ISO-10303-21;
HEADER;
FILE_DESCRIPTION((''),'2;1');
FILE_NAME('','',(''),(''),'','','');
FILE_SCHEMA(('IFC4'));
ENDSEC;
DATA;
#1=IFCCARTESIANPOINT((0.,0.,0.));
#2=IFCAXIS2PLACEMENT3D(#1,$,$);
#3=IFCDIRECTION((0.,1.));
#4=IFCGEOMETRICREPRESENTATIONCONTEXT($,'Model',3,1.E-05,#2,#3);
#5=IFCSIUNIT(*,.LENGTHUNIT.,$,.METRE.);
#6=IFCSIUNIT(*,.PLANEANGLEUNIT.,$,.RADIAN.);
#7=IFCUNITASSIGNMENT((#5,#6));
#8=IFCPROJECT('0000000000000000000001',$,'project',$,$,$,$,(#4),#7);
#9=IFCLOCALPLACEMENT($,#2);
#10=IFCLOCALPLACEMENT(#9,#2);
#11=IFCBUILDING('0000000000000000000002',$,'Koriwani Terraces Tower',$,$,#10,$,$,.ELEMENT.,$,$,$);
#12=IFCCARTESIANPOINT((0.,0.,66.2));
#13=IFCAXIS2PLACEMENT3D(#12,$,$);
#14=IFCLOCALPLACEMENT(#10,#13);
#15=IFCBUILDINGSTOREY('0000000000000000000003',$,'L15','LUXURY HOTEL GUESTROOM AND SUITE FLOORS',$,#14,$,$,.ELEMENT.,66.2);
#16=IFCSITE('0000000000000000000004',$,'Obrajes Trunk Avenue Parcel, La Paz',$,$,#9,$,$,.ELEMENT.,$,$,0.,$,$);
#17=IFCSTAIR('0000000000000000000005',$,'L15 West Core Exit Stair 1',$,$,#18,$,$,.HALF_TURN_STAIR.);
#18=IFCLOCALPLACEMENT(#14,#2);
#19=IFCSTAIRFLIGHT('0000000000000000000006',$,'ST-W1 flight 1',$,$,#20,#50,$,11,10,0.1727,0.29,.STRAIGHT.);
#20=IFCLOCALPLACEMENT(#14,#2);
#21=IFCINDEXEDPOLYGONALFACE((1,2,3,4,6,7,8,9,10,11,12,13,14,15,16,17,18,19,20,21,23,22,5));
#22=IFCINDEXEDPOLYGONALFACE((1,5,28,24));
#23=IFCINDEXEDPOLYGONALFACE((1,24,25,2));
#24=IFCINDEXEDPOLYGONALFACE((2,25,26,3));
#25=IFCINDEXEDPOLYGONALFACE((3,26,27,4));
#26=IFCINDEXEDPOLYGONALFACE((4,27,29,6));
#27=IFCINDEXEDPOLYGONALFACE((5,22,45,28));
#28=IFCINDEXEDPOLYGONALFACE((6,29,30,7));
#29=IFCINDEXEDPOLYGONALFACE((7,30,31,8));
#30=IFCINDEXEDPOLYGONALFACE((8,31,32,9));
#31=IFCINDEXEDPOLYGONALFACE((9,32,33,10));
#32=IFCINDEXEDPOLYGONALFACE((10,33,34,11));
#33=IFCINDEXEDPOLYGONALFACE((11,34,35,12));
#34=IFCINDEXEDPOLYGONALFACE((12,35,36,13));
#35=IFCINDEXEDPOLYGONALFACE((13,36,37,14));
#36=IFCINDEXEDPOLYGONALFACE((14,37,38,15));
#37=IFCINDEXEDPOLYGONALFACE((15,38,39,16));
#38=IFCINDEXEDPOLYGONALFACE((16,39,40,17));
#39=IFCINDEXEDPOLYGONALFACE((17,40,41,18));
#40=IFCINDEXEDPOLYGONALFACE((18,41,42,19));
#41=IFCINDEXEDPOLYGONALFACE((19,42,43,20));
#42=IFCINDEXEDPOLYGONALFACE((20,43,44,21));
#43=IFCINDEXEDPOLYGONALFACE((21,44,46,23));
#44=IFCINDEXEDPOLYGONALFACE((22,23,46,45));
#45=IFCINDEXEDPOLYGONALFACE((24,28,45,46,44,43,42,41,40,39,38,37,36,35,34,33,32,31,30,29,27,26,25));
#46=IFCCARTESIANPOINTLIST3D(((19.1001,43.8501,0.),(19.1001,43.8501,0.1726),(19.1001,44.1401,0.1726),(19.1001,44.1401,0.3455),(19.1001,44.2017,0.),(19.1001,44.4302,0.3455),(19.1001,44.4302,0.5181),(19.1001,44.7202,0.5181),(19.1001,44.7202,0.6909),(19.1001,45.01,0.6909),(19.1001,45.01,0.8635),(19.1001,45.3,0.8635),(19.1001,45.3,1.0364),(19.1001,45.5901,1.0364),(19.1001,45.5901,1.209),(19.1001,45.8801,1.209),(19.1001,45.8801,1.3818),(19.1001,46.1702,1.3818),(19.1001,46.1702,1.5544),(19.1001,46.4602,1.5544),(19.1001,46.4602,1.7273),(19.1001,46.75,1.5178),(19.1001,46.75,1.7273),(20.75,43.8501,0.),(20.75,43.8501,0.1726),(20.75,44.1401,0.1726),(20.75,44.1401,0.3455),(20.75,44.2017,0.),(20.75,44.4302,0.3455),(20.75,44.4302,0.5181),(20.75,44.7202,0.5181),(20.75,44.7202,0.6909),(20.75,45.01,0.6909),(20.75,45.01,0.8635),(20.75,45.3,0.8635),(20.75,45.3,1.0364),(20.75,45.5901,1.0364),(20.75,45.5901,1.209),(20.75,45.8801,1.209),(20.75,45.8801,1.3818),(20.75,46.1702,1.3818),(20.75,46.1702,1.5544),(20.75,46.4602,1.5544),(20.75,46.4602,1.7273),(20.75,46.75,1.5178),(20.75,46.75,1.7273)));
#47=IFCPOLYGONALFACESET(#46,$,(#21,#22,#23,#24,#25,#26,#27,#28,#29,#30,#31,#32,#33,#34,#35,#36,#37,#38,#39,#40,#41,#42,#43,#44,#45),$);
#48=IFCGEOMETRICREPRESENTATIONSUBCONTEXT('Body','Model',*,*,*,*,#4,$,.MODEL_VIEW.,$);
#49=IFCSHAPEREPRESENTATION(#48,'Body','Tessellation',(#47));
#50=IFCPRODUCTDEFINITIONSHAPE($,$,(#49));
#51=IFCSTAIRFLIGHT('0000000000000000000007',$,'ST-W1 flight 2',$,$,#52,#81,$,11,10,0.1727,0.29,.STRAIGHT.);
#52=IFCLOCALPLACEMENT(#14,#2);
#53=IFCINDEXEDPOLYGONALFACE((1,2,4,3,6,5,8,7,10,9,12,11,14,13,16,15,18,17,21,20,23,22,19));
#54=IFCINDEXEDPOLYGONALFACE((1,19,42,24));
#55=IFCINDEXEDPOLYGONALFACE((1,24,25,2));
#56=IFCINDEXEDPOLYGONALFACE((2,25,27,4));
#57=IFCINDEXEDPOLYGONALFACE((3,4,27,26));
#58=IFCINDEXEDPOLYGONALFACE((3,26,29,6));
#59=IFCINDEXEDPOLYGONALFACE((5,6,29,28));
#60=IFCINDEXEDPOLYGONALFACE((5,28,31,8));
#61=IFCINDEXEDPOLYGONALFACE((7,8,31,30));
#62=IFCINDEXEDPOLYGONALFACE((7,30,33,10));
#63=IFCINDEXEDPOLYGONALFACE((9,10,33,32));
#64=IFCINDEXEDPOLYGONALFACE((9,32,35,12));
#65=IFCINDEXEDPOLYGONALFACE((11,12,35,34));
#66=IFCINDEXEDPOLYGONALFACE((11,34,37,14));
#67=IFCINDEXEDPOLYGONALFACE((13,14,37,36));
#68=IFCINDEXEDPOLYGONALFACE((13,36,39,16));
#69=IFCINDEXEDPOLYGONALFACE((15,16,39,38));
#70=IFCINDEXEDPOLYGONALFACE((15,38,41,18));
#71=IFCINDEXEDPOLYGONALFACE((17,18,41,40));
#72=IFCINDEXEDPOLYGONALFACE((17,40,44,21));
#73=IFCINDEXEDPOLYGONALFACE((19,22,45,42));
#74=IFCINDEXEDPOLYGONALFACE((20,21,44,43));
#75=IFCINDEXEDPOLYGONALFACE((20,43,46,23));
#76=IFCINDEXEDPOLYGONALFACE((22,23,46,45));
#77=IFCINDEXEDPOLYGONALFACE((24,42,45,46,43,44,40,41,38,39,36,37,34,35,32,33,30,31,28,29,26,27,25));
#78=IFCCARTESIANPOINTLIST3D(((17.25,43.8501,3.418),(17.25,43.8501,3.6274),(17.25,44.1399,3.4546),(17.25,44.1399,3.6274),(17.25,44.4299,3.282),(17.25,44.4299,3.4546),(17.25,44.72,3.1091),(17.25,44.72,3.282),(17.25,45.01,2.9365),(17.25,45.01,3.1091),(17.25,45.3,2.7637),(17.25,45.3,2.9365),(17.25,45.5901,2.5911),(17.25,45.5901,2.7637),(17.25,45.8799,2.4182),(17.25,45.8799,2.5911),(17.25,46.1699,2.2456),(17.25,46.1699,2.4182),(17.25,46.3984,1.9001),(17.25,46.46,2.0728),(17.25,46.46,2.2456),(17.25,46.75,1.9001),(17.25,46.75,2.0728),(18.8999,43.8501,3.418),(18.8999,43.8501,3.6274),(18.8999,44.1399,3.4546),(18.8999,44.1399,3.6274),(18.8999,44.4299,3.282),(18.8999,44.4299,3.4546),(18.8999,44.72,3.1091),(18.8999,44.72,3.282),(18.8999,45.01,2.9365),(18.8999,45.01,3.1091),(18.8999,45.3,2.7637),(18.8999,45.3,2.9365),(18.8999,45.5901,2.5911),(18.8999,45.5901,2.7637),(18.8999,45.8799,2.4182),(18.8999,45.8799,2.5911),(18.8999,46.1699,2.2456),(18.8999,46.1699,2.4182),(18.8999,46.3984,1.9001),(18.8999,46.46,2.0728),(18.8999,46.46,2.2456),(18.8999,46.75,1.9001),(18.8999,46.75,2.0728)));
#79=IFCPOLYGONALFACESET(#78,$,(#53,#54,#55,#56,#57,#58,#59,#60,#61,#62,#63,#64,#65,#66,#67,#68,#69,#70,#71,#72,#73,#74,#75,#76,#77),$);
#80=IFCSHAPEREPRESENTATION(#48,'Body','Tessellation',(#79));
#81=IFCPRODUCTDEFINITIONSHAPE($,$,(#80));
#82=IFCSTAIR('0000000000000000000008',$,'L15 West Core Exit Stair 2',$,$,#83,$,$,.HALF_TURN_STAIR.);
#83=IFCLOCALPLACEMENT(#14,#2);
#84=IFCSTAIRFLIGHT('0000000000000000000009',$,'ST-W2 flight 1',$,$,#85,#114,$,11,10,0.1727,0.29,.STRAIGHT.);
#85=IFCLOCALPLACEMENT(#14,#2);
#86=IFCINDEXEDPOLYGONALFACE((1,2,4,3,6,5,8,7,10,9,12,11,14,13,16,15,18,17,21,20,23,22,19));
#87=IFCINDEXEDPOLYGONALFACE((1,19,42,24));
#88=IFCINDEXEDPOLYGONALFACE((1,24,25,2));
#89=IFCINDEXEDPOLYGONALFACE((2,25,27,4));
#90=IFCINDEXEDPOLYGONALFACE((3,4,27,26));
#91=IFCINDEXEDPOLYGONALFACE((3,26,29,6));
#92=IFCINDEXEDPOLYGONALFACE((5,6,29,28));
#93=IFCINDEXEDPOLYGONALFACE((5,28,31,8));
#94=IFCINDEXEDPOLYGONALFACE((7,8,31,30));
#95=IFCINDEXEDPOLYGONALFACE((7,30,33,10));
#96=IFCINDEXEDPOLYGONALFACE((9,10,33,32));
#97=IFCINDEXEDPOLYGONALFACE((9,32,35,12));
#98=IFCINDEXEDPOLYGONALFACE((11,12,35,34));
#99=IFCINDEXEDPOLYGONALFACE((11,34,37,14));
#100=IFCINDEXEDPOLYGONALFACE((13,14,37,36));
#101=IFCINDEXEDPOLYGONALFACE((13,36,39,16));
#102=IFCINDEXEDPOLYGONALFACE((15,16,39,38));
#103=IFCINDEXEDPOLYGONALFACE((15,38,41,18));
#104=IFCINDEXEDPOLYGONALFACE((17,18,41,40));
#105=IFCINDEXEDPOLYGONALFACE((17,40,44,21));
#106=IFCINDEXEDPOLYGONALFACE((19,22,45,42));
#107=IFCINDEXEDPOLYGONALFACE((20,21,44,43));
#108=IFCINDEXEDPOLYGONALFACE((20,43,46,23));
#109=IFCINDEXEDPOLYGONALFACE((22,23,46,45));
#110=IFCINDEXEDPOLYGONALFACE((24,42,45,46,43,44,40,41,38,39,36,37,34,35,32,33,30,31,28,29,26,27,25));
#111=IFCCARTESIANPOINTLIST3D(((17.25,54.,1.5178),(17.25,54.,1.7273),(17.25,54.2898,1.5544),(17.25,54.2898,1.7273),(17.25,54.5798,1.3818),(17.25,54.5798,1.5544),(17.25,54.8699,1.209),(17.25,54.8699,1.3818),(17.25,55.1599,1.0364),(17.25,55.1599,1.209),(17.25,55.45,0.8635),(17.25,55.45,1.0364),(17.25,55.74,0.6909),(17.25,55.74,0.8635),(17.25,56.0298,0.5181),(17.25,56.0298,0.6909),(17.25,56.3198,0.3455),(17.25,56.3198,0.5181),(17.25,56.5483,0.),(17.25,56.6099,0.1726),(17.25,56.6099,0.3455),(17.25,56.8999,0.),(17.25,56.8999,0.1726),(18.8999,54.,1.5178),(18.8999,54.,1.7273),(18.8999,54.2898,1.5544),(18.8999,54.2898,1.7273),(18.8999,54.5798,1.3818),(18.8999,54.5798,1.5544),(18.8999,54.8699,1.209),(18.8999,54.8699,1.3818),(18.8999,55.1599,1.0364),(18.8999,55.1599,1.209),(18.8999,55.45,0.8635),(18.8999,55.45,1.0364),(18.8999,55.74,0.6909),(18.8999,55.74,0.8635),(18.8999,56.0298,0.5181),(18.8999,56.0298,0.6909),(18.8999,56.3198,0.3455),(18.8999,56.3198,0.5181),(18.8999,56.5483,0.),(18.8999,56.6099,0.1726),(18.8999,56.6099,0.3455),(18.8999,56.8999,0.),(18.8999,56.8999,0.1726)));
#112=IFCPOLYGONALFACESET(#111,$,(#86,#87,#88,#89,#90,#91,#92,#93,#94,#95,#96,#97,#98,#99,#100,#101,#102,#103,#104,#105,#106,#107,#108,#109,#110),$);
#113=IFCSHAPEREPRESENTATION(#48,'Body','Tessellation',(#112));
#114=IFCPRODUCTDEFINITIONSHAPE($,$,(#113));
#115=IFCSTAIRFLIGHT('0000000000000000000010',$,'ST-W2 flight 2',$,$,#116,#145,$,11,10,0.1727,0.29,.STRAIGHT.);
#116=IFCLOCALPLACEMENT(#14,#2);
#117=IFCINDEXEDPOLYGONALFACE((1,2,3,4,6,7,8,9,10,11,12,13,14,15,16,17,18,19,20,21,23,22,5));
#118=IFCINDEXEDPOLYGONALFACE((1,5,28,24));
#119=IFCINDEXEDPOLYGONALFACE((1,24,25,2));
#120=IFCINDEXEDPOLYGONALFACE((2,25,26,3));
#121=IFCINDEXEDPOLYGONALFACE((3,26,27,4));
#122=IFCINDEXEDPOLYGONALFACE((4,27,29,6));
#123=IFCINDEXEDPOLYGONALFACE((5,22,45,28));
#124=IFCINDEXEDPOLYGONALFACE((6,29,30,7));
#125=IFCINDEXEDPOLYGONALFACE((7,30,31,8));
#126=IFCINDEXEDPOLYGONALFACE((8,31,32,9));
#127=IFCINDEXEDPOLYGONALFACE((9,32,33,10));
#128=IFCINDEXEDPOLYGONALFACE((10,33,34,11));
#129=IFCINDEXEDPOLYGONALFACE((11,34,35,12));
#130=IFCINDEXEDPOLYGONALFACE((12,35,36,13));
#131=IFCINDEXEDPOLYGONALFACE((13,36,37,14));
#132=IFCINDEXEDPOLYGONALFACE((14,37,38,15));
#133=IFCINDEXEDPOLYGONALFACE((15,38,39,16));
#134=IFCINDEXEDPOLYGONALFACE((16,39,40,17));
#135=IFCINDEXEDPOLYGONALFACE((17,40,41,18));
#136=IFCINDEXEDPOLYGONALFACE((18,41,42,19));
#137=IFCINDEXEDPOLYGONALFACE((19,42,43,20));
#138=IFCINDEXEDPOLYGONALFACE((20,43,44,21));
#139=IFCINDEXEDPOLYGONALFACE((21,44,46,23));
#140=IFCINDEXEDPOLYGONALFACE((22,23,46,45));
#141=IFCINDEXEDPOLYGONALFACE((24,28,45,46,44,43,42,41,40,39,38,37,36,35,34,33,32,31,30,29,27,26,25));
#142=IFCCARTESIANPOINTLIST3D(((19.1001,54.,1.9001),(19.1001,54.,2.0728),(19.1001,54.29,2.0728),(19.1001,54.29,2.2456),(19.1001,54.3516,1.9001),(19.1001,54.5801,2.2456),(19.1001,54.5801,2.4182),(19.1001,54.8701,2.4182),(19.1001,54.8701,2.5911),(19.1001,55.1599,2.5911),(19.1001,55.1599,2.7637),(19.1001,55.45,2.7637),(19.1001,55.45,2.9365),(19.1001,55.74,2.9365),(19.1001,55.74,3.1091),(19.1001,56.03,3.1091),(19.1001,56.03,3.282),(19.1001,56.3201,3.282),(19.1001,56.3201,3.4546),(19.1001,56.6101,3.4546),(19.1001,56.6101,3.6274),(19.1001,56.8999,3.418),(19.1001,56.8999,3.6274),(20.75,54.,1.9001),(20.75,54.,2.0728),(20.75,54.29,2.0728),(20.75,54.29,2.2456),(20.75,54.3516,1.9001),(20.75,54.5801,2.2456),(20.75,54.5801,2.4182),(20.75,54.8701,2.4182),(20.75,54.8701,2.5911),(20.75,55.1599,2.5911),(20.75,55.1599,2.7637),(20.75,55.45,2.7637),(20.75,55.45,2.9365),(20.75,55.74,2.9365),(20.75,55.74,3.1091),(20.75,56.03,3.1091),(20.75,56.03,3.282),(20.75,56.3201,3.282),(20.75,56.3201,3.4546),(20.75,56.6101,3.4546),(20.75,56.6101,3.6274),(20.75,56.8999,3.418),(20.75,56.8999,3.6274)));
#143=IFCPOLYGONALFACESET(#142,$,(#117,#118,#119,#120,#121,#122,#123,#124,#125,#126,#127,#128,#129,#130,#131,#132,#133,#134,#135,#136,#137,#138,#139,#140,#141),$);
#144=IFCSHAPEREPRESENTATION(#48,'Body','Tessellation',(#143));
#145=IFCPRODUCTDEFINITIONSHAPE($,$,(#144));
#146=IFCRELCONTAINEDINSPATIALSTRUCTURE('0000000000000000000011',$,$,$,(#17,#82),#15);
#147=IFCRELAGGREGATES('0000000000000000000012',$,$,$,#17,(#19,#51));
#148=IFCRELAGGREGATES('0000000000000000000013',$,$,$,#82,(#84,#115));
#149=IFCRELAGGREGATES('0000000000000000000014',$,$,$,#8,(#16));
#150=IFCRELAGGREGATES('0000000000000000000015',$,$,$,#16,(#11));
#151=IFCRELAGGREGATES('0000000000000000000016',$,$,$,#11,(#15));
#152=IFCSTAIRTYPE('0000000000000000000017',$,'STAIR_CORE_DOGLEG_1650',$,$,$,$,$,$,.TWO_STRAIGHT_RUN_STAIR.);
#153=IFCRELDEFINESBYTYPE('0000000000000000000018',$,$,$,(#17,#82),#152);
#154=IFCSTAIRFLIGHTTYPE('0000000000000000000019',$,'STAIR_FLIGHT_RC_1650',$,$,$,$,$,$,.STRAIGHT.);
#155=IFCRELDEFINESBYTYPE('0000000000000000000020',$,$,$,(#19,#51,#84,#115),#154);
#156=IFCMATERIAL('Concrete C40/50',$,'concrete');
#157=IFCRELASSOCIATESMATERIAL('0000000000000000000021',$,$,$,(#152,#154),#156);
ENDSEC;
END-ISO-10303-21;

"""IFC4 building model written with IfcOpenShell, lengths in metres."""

from ifc_helpers import new_model, si_unit, direction, frame, origin, place, context, subcontext, project, spatial, polyline, outline, extrude, material, type_object, element, aggregate, save


model = new_model("IFC4")

# Units and contexts
model_context = context("Model", 3, precision=1e-05, world=origin(), true_north=direction((0.0, 1.0)))
body_context = subcontext(model_context, "Body", "Model", "MODEL_VIEW")
ifc_project = project(units=[si_unit("LENGTHUNIT", "METRE"), si_unit("PLANEANGLEUNIT", "RADIAN")], contexts=[model_context])

# Site, building, storey
site_placement = place(None, origin())
site = spatial("IfcSite", under=ifc_project, at=site_placement, Name="Obrajes Trunk Avenue Parcel, La Paz", CompositionType="ELEMENT", RefElevation=0.0)
building_placement = place(site_placement, origin())
building = spatial("IfcBuilding", under=site, at=building_placement, Name="Koriwani Terraces Tower", CompositionType="ELEMENT")
storey_placement = place(building_placement, frame((0.0, 0.0, 66.2)))
storey = spatial("IfcBuildingStorey", under=building, at=storey_placement, Name="L15", Description="LUXURY HOTEL GUESTROOM AND SUITE FLOORS", CompositionType="ELEMENT", Elevation=66.2)

# Shared definitions
ifc_material_1 = material(Name="Concrete C40/50", Category="concrete")

# Stairs, stair flights
stair_type = type_object("IfcStairType", Name="STAIR_CORE_DOGLEG_1650", PredefinedType="TWO_STRAIGHT_RUN_STAIR", material=ifc_material_1)
stair_1_placement = place(storey_placement, origin())
stair_1 = element("IfcStair", 1, at=stair_1_placement, inside=storey, type_object=stair_type, Name="L15 West Core Exit Stair 1", PredefinedType="HALF_TURN_STAIR")
stair_flight_type = type_object("IfcStairFlightType", Name="STAIR_FLIGHT_RC_1650", PredefinedType="STRAIGHT", material=ifc_material_1)
stair_flight_1_placement = place(storey_placement, frame((19.925, 43.8501, 0.0), z_axis=(0.0, 0.0, 1.0), x_axis=(0.0, 1.0, 0.0)))
stair_flight_1 = element("IfcStairFlight", 2, at=stair_flight_1_placement, type_object=stair_flight_type, Name="ST-W1 flight 1", NumberOfRisers=11, NumberOfTreads=10, PredefinedType="STRAIGHT", RiserHeight=0.1727, TreadLength=0.29, context=body_context, shape_type="SweptSolid", body=[
    extrude(outline(polyline([(0.0, 0.0), (0.0, 0.1726), (0.29, 0.1726), (0.29, 0.3455), (0.5801, 0.3455), (0.5801, 0.5181), (0.8701, 0.5181), (0.8701, 0.6909), (1.1599, 0.6909), (1.1599, 0.8635), (1.45, 0.8635), (1.45, 1.0364), (1.74, 1.0364), (1.74, 1.209), (2.03, 1.209), (2.03, 1.3818), (2.3201, 1.3818), (2.3201, 1.5544), (2.6101, 1.5544), (2.6101, 1.7273), (2.8999, 1.7273), (2.8999, 1.8999), (2.8999, 1.5178), (0.3516, 0.0), (0.0, 0.0)])), frame((0.0, 0.825, 0.0), z_axis=(0.0, -1.0, 0.0), x_axis=(1.0, 0.0, 0.0)), (0.0, 0.0, 1.0), 1.6499),
])
stair_flight_2_placement = place(storey_placement, frame((18.075, 46.75, 1.9001), z_axis=(0.0, 0.0, 1.0), x_axis=(0.0, -1.0, 0.0)))
stair_flight_2 = element("IfcStairFlight", 3, at=stair_flight_2_placement, type_object=stair_flight_type, Name="ST-W1 flight 2", NumberOfRisers=11, NumberOfTreads=10, PredefinedType="STRAIGHT", RiserHeight=0.1727, TreadLength=0.29, context=body_context, shape_type="SweptSolid", body=[
    extrude(outline(polyline([(0.0, 0.0), (0.0, 0.1726), (0.29, 0.1726), (0.29, 0.3455), (0.5801, 0.3455), (0.5801, 0.5181), (0.8701, 0.5181), (0.8701, 0.6909), (1.1599, 0.6909), (1.1599, 0.8635), (1.45, 0.8635), (1.45, 1.0364), (1.74, 1.0364), (1.74, 1.209), (2.03, 1.209), (2.03, 1.3818), (2.3201, 1.3818), (2.3201, 1.5544), (2.6101, 1.5544), (2.6101, 1.7273), (2.8999, 1.7273), (2.8999, 1.8999), (2.8999, 1.5178), (0.3516, 0.0), (0.0, 0.0)])), frame((0.0, 0.825, 0.0), z_axis=(0.0, -1.0, 0.0), x_axis=(1.0, 0.0, 0.0)), (0.0, 0.0, 1.0), 1.6499),
])
aggregate(stair_1, [stair_flight_1, stair_flight_2])
stair_2_placement = place(storey_placement, origin())
stair_2 = element("IfcStair", 4, at=stair_2_placement, inside=storey, type_object=stair_type, Name="L15 West Core Exit Stair 2", PredefinedType="HALF_TURN_STAIR")
stair_flight_3_placement = place(storey_placement, frame((18.075, 56.8999, 0.0), z_axis=(0.0, 0.0, 1.0), x_axis=(0.0, -1.0, 0.0)))
stair_flight_3 = element("IfcStairFlight", 5, at=stair_flight_3_placement, type_object=stair_flight_type, Name="ST-W2 flight 1", NumberOfRisers=11, NumberOfTreads=10, PredefinedType="STRAIGHT", RiserHeight=0.1727, TreadLength=0.29, context=body_context, shape_type="SweptSolid", body=[
    extrude(outline(polyline([(0.0, 0.0), (0.0, 0.1726), (0.29, 0.1726), (0.29, 0.3455), (0.5801, 0.3455), (0.5801, 0.5181), (0.8701, 0.5181), (0.8701, 0.6909), (1.1599, 0.6909), (1.1599, 0.8635), (1.45, 0.8635), (1.45, 1.0364), (1.74, 1.0364), (1.74, 1.209), (2.03, 1.209), (2.03, 1.3818), (2.3201, 1.3818), (2.3201, 1.5544), (2.6101, 1.5544), (2.6101, 1.7273), (2.8999, 1.7273), (2.8999, 1.8999), (2.8999, 1.5178), (0.3516, 0.0), (0.0, 0.0)])), frame((0.0, 0.825, 0.0), z_axis=(0.0, -1.0, 0.0), x_axis=(1.0, 0.0, 0.0)), (0.0, 0.0, 1.0), 1.6499),
])
stair_flight_4_placement = place(storey_placement, frame((19.925, 54.0, 1.9001), z_axis=(0.0, 0.0, 1.0), x_axis=(0.0, 1.0, 0.0)))
stair_flight_4 = element("IfcStairFlight", 6, at=stair_flight_4_placement, type_object=stair_flight_type, Name="ST-W2 flight 2", NumberOfRisers=11, NumberOfTreads=10, PredefinedType="STRAIGHT", RiserHeight=0.1727, TreadLength=0.29, context=body_context, shape_type="SweptSolid", body=[
    extrude(outline(polyline([(0.0, 0.0), (0.0, 0.1726), (0.29, 0.1726), (0.29, 0.3455), (0.5801, 0.3455), (0.5801, 0.5181), (0.8701, 0.5181), (0.8701, 0.6909), (1.1599, 0.6909), (1.1599, 0.8635), (1.45, 0.8635), (1.45, 1.0364), (1.74, 1.0364), (1.74, 1.209), (2.03, 1.209), (2.03, 1.3818), (2.3201, 1.3818), (2.3201, 1.5544), (2.6101, 1.5544), (2.6101, 1.7273), (2.8999, 1.7273), (2.8999, 1.8999), (2.8999, 1.5178), (0.3516, 0.0), (0.0, 0.0)])), frame((0.0, 0.825, 0.0), z_axis=(0.0, -1.0, 0.0), x_axis=(1.0, 0.0, 0.0)), (0.0, 0.0, 1.0), 1.6499),
])
aggregate(stair_2, [stair_flight_3, stair_flight_4])

save(model, "model.ifc")
